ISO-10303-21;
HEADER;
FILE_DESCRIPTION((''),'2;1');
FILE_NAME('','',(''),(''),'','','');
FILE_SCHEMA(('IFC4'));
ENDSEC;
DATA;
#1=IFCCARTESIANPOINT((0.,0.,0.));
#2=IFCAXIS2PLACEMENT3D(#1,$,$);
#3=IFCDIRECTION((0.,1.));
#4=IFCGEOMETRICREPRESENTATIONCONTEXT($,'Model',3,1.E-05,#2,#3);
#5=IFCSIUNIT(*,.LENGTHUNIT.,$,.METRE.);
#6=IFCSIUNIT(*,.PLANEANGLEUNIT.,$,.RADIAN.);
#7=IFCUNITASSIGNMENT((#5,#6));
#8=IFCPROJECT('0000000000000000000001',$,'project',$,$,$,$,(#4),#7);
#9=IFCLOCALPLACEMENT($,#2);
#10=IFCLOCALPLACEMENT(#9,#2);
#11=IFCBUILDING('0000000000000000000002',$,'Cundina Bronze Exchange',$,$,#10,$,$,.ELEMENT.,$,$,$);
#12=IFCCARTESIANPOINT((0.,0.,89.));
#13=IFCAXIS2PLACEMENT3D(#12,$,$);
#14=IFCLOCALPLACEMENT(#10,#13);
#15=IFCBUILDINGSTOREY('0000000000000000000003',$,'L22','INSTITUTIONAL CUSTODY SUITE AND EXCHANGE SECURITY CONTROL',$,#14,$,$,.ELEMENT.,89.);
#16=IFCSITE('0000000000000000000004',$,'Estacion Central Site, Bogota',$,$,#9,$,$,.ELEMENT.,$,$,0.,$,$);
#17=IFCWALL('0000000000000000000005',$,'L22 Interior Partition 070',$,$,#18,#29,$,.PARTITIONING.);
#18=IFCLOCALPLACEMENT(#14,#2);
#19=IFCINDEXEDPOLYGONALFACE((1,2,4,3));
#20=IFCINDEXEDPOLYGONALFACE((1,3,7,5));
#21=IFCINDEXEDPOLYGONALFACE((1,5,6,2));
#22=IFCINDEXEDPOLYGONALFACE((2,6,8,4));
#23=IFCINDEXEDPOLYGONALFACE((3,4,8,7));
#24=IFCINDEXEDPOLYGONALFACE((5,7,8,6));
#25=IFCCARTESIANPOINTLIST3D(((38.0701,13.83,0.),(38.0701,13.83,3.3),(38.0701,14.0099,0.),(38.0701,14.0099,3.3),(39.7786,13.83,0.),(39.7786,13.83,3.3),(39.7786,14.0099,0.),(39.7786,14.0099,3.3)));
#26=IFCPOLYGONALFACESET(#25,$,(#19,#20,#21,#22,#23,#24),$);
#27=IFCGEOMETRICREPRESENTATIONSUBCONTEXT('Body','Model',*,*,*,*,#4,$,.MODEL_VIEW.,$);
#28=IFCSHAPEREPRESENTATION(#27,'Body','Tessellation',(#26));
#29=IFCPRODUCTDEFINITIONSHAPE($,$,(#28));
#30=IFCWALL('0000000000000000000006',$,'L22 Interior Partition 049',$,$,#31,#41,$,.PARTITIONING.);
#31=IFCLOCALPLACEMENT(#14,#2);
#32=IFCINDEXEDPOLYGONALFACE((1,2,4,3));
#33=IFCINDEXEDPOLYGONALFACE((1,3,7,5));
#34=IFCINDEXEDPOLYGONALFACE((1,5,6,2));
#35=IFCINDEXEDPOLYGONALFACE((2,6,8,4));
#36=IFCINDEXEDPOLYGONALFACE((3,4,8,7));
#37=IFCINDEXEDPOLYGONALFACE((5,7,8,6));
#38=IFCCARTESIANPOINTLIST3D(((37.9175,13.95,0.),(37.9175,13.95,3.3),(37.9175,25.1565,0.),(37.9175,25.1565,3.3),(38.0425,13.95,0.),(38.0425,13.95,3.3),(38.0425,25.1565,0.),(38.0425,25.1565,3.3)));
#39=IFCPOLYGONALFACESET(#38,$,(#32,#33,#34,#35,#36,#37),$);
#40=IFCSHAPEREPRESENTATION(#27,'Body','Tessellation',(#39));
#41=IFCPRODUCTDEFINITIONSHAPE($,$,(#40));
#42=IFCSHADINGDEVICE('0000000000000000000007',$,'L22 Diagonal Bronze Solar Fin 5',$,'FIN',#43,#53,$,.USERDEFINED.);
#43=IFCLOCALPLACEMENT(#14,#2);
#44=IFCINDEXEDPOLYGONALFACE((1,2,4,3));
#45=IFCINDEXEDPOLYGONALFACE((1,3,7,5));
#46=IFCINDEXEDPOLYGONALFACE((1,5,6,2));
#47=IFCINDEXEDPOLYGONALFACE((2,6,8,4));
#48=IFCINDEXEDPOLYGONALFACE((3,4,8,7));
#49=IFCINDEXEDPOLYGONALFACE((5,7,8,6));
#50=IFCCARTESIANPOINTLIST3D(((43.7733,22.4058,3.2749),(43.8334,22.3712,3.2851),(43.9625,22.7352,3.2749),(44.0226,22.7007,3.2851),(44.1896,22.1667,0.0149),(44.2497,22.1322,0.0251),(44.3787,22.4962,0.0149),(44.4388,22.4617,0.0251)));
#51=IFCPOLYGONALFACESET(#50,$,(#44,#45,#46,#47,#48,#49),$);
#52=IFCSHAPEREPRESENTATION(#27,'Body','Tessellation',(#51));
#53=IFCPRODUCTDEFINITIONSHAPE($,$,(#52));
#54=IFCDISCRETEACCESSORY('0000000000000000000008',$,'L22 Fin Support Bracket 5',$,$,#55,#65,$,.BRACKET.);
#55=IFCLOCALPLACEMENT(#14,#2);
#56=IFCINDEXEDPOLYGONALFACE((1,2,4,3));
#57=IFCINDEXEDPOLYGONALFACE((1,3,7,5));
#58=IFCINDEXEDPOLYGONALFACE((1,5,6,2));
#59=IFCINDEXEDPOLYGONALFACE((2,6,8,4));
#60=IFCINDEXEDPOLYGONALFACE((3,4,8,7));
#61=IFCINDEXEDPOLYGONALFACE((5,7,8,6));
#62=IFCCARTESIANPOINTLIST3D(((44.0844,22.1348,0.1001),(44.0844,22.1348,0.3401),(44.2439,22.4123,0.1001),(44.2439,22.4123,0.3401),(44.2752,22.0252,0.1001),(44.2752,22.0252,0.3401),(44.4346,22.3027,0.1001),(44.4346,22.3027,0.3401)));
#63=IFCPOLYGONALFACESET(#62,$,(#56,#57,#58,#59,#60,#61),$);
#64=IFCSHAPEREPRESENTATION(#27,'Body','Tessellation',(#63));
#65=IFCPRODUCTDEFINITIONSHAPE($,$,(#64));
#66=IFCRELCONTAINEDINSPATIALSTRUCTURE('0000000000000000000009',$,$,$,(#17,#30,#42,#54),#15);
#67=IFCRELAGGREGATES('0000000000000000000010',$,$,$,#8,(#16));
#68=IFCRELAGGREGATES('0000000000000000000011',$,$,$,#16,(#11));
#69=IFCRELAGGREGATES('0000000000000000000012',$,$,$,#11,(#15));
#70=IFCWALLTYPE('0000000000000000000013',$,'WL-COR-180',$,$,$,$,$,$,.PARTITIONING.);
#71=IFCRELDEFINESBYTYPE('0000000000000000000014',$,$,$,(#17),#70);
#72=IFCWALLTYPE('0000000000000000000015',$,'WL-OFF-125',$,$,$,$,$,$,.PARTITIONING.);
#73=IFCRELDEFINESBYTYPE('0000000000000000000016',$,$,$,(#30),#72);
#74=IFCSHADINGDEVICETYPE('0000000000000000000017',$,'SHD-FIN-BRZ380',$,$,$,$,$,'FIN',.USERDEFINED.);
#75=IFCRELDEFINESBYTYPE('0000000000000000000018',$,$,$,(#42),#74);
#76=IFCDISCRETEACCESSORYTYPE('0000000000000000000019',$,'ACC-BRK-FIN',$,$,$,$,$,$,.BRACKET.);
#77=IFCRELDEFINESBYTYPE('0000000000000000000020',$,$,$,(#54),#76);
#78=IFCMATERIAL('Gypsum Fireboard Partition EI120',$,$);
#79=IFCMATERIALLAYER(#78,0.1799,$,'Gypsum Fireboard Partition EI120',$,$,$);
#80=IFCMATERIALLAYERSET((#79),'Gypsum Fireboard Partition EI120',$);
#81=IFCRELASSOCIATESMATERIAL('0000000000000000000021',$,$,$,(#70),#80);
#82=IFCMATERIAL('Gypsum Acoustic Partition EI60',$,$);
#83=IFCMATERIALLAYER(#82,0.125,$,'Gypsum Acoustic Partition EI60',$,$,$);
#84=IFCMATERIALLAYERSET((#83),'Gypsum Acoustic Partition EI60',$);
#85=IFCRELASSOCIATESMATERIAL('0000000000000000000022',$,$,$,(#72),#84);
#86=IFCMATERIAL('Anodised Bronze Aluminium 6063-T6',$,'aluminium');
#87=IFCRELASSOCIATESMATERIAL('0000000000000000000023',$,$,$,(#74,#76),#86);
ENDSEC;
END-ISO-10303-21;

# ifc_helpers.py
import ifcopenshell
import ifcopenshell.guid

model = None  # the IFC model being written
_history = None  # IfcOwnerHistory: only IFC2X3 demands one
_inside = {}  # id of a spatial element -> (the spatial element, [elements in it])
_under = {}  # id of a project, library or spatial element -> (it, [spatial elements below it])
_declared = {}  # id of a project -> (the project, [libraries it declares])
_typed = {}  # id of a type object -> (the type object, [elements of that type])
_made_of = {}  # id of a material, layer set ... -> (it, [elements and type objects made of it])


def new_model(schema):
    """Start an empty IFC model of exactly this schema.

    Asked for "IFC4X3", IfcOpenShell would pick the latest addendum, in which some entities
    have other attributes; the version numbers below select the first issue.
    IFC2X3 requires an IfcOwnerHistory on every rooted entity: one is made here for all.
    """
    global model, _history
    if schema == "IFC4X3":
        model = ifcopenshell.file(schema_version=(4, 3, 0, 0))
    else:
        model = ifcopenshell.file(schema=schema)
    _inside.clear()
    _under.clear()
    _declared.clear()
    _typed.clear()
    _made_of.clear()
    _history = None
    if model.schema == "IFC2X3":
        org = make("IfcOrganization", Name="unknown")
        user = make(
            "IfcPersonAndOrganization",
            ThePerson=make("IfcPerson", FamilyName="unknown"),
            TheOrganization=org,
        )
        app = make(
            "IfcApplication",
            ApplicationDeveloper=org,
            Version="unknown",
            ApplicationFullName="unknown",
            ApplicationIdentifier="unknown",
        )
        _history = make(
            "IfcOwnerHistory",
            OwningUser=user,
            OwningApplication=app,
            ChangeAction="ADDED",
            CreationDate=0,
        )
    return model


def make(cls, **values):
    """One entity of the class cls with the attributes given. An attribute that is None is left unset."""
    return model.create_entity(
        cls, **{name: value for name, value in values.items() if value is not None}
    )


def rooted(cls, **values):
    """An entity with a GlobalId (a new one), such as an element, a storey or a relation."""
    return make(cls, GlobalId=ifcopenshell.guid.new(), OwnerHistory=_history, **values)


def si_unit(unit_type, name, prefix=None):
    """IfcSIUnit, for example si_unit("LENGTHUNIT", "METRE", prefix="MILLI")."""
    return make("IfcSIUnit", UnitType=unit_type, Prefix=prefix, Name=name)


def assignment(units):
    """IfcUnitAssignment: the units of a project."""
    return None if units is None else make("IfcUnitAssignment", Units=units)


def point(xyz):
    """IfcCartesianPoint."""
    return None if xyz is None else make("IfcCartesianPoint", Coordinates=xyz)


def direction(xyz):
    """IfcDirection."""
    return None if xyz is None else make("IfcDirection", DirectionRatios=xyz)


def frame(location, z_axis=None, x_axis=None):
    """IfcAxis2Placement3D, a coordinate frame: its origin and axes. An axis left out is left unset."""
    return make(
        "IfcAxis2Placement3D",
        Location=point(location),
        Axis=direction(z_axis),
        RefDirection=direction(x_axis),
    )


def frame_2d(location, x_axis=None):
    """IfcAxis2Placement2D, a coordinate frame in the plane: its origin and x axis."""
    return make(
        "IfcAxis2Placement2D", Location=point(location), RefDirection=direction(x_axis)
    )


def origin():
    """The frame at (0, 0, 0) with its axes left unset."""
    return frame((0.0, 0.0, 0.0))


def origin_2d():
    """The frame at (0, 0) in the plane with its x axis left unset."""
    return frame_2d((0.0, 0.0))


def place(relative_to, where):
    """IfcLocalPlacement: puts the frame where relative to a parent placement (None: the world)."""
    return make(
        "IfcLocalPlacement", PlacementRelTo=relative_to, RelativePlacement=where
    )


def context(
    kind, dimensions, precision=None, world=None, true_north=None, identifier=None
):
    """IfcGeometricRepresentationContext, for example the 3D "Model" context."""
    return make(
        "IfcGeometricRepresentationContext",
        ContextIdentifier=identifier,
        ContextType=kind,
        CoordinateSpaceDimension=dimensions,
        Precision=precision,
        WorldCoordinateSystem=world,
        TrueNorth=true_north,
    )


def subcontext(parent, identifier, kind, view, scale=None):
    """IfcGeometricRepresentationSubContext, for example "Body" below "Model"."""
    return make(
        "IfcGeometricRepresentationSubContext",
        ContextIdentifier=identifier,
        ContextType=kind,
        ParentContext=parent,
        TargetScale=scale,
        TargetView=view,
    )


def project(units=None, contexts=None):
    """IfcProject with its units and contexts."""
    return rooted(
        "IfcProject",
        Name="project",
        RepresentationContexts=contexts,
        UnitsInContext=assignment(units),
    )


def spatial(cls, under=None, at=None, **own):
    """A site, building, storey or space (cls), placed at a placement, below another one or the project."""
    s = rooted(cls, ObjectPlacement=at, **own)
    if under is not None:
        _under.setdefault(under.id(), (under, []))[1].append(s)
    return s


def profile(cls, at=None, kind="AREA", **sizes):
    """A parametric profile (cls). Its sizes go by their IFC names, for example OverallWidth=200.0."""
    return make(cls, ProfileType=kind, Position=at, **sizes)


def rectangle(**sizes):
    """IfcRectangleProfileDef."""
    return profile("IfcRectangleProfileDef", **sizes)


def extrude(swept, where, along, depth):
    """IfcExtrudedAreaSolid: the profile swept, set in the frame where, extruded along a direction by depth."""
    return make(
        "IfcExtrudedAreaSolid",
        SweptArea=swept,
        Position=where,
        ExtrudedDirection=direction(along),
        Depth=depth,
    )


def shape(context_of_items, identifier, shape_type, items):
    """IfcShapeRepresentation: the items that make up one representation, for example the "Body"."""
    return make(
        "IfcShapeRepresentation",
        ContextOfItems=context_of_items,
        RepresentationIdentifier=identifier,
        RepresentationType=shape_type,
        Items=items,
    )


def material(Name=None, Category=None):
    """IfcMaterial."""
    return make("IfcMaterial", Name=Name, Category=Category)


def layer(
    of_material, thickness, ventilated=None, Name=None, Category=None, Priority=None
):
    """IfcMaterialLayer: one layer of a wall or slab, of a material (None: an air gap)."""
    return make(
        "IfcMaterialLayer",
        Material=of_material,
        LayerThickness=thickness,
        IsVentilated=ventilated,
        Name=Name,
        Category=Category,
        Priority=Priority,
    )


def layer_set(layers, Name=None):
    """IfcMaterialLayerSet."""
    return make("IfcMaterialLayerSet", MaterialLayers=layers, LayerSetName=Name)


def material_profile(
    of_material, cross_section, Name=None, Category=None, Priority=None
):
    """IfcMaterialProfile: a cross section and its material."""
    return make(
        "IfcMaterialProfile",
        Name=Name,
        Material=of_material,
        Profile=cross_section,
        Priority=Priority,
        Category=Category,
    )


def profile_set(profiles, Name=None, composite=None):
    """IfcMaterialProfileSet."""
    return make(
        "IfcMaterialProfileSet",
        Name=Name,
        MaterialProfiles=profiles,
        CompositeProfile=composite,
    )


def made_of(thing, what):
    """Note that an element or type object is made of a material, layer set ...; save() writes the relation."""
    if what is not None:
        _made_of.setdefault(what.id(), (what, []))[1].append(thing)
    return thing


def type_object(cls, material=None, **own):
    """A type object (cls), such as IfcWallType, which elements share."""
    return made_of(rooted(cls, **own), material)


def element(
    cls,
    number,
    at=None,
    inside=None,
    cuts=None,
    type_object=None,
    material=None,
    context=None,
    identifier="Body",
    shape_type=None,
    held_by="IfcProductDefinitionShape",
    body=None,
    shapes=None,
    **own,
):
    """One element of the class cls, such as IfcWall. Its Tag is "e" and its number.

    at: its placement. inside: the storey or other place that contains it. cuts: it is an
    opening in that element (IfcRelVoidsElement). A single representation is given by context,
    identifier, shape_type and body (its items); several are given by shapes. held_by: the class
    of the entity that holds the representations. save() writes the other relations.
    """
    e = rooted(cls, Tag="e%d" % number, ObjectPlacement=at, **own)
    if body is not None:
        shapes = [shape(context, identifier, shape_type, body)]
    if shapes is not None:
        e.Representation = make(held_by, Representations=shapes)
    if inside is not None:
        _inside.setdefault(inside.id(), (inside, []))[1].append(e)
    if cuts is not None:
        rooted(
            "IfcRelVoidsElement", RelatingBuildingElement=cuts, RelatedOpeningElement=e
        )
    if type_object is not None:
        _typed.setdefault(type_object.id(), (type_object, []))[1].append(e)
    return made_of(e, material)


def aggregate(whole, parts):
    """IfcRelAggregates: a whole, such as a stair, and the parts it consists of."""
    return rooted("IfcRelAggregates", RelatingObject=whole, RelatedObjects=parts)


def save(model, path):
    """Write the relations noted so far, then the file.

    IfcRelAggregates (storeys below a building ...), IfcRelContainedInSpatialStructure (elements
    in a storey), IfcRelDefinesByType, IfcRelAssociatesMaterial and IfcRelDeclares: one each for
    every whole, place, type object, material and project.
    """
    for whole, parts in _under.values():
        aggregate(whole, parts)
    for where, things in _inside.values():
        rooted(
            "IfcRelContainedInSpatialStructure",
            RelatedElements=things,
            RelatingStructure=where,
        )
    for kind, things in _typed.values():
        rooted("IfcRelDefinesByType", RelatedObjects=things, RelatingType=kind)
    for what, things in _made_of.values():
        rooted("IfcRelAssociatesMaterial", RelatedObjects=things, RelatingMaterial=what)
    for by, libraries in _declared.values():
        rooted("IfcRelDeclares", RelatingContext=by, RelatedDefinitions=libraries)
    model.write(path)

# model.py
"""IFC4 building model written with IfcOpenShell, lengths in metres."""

from ifc_helpers import new_model, si_unit, direction, frame, frame_2d, origin, origin_2d, place, context, subcontext, project, spatial, rectangle, extrude, material, layer, layer_set, material_profile, profile_set, type_object, element, save


model = new_model("IFC4")

# Units and contexts
model_context = context("Model", 3, precision=1e-05, world=origin(), true_north=direction((0.0, 1.0)))
body_context = subcontext(model_context, "Body", "Model", "MODEL_VIEW")
ifc_project = project(units=[si_unit("LENGTHUNIT", "METRE"), si_unit("PLANEANGLEUNIT", "RADIAN")], contexts=[model_context])

# Site, building, storey
site_placement = place(None, origin())
site = spatial("IfcSite", under=ifc_project, at=site_placement, Name="Estacion Central Site, Bogota", CompositionType="ELEMENT", RefElevation=0.0)
building_placement = place(site_placement, origin())
building = spatial("IfcBuilding", under=site, at=building_placement, Name="Cundina Bronze Exchange", CompositionType="ELEMENT")
storey_placement = place(building_placement, frame((0.0, 0.0, 89.0)))
storey = spatial("IfcBuildingStorey", under=building, at=storey_placement, Name="L22", Description="INSTITUTIONAL CUSTODY SUITE AND EXCHANGE SECURITY CONTROL", CompositionType="ELEMENT", Elevation=89.0)

# Shared definitions
ifc_material_1 = material(Name="Anodised Bronze Aluminium 6063-T6", Category="aluminium")

# Walls
ifc_material_2 = material(Name="Gypsum Fireboard Partition EI120")
ifc_layer_1 = layer(ifc_material_2, 0.1799, Name="Gypsum Fireboard Partition EI120")
ifc_layer_set_1 = layer_set([ifc_layer_1], Name="Gypsum Fireboard Partition EI120")
wall_type_1 = type_object("IfcWallType", Name="WL-COR-180", PredefinedType="PARTITIONING", material=ifc_layer_set_1)
for number, where, z_axis, x_axis, name in (
    (1, (39.7786, 13.9199, 0.0), (0.0, 0.0, 1.0), (-1.0, 0.0, 0.0), "L22 Interior Partition 070"),
):
    element("IfcWall", number, at=place(storey_placement, frame(where, z_axis=z_axis, x_axis=x_axis)), inside=storey, type_object=wall_type_1, Name=name, PredefinedType="PARTITIONING", context=body_context, shape_type="SweptSolid", body=[
        extrude(rectangle(XDim=1.7085, YDim=0.1799, at=frame_2d((0.8542, 0.0))), origin(), (0.0, 0.0, 1.0), 3.3),
    ])
ifc_material_3 = material(Name="Gypsum Acoustic Partition EI60")
ifc_layer_2 = layer(ifc_material_3, 0.125, Name="Gypsum Acoustic Partition EI60")
ifc_layer_set_2 = layer_set([ifc_layer_2], Name="Gypsum Acoustic Partition EI60")
wall_type_2 = type_object("IfcWallType", Name="WL-OFF-125", PredefinedType="PARTITIONING", material=ifc_layer_set_2)
wall_1_placement = place(storey_placement, frame((37.98, 13.95, 0.0), z_axis=(0.0, 0.0, 1.0), x_axis=(0.0, 1.0, 0.0)))
element("IfcWall", 2, at=wall_1_placement, inside=storey, type_object=wall_type_2, Name="L22 Interior Partition 049", PredefinedType="PARTITIONING", context=body_context, shape_type="SweptSolid", body=[
    extrude(rectangle(XDim=11.2065, YDim=0.125, at=frame_2d((5.6033, 0.0))), origin(), (0.0, 0.0, 1.0), 3.3),
])

# Shading device
ifc_material_profile_1 = material_profile(ifc_material_1, rectangle(XDim=0.0701, YDim=0.3799, at=origin_2d()), Name="FIN70X380", Category="aluminium")
ifc_profile_set_1 = profile_set([ifc_material_profile_1], Name="Anodised Bronze Aluminium 6063-T6")
shading_device_type = type_object("IfcShadingDeviceType", Name="SHD-FIN-BRZ380", ElementType="FIN", PredefinedType="USERDEFINED", material=ifc_profile_set_1)
shading_device_placement = place(storey_placement, frame((44.3142, 22.3142, 0.02), z_axis=(-0.126325, 0.072535, 0.989333), x_axis=(0.857958, -0.492634, 0.145668)))
element("IfcShadingDevice", 3, at=shading_device_placement, inside=storey, type_object=shading_device_type, Name="L22 Diagonal Bronze Solar Fin 5", ObjectType="FIN", PredefinedType="USERDEFINED", context=body_context, shape_type="SweptSolid", body=[
    extrude(rectangle(XDim=0.0701, YDim=0.3799, at=origin_2d()), origin(), (0.0, 0.0, 1.0), 3.2952),
])

# Discrete accessory
discrete_accessory_type = type_object("IfcDiscreteAccessoryType", Name="ACC-BRK-FIN", PredefinedType="BRACKET", material=ifc_material_1)
discrete_accessory_placement = place(storey_placement, frame((44.2595, 22.2188, 0.1001), z_axis=(0.0, 0.0, 1.0), x_axis=(-0.867105, 0.498125, 0.0)))
element("IfcDiscreteAccessory", 4, at=discrete_accessory_placement, inside=storey, type_object=discrete_accessory_type, Name="L22 Fin Support Bracket 5", PredefinedType="BRACKET", context=body_context, shape_type="SweptSolid", body=[
    extrude(rectangle(XDim=0.22, YDim=0.3201, at=origin_2d()), origin(), (0.0, 0.0, 1.0), 0.24),
])

save(model, "model.ifc")
